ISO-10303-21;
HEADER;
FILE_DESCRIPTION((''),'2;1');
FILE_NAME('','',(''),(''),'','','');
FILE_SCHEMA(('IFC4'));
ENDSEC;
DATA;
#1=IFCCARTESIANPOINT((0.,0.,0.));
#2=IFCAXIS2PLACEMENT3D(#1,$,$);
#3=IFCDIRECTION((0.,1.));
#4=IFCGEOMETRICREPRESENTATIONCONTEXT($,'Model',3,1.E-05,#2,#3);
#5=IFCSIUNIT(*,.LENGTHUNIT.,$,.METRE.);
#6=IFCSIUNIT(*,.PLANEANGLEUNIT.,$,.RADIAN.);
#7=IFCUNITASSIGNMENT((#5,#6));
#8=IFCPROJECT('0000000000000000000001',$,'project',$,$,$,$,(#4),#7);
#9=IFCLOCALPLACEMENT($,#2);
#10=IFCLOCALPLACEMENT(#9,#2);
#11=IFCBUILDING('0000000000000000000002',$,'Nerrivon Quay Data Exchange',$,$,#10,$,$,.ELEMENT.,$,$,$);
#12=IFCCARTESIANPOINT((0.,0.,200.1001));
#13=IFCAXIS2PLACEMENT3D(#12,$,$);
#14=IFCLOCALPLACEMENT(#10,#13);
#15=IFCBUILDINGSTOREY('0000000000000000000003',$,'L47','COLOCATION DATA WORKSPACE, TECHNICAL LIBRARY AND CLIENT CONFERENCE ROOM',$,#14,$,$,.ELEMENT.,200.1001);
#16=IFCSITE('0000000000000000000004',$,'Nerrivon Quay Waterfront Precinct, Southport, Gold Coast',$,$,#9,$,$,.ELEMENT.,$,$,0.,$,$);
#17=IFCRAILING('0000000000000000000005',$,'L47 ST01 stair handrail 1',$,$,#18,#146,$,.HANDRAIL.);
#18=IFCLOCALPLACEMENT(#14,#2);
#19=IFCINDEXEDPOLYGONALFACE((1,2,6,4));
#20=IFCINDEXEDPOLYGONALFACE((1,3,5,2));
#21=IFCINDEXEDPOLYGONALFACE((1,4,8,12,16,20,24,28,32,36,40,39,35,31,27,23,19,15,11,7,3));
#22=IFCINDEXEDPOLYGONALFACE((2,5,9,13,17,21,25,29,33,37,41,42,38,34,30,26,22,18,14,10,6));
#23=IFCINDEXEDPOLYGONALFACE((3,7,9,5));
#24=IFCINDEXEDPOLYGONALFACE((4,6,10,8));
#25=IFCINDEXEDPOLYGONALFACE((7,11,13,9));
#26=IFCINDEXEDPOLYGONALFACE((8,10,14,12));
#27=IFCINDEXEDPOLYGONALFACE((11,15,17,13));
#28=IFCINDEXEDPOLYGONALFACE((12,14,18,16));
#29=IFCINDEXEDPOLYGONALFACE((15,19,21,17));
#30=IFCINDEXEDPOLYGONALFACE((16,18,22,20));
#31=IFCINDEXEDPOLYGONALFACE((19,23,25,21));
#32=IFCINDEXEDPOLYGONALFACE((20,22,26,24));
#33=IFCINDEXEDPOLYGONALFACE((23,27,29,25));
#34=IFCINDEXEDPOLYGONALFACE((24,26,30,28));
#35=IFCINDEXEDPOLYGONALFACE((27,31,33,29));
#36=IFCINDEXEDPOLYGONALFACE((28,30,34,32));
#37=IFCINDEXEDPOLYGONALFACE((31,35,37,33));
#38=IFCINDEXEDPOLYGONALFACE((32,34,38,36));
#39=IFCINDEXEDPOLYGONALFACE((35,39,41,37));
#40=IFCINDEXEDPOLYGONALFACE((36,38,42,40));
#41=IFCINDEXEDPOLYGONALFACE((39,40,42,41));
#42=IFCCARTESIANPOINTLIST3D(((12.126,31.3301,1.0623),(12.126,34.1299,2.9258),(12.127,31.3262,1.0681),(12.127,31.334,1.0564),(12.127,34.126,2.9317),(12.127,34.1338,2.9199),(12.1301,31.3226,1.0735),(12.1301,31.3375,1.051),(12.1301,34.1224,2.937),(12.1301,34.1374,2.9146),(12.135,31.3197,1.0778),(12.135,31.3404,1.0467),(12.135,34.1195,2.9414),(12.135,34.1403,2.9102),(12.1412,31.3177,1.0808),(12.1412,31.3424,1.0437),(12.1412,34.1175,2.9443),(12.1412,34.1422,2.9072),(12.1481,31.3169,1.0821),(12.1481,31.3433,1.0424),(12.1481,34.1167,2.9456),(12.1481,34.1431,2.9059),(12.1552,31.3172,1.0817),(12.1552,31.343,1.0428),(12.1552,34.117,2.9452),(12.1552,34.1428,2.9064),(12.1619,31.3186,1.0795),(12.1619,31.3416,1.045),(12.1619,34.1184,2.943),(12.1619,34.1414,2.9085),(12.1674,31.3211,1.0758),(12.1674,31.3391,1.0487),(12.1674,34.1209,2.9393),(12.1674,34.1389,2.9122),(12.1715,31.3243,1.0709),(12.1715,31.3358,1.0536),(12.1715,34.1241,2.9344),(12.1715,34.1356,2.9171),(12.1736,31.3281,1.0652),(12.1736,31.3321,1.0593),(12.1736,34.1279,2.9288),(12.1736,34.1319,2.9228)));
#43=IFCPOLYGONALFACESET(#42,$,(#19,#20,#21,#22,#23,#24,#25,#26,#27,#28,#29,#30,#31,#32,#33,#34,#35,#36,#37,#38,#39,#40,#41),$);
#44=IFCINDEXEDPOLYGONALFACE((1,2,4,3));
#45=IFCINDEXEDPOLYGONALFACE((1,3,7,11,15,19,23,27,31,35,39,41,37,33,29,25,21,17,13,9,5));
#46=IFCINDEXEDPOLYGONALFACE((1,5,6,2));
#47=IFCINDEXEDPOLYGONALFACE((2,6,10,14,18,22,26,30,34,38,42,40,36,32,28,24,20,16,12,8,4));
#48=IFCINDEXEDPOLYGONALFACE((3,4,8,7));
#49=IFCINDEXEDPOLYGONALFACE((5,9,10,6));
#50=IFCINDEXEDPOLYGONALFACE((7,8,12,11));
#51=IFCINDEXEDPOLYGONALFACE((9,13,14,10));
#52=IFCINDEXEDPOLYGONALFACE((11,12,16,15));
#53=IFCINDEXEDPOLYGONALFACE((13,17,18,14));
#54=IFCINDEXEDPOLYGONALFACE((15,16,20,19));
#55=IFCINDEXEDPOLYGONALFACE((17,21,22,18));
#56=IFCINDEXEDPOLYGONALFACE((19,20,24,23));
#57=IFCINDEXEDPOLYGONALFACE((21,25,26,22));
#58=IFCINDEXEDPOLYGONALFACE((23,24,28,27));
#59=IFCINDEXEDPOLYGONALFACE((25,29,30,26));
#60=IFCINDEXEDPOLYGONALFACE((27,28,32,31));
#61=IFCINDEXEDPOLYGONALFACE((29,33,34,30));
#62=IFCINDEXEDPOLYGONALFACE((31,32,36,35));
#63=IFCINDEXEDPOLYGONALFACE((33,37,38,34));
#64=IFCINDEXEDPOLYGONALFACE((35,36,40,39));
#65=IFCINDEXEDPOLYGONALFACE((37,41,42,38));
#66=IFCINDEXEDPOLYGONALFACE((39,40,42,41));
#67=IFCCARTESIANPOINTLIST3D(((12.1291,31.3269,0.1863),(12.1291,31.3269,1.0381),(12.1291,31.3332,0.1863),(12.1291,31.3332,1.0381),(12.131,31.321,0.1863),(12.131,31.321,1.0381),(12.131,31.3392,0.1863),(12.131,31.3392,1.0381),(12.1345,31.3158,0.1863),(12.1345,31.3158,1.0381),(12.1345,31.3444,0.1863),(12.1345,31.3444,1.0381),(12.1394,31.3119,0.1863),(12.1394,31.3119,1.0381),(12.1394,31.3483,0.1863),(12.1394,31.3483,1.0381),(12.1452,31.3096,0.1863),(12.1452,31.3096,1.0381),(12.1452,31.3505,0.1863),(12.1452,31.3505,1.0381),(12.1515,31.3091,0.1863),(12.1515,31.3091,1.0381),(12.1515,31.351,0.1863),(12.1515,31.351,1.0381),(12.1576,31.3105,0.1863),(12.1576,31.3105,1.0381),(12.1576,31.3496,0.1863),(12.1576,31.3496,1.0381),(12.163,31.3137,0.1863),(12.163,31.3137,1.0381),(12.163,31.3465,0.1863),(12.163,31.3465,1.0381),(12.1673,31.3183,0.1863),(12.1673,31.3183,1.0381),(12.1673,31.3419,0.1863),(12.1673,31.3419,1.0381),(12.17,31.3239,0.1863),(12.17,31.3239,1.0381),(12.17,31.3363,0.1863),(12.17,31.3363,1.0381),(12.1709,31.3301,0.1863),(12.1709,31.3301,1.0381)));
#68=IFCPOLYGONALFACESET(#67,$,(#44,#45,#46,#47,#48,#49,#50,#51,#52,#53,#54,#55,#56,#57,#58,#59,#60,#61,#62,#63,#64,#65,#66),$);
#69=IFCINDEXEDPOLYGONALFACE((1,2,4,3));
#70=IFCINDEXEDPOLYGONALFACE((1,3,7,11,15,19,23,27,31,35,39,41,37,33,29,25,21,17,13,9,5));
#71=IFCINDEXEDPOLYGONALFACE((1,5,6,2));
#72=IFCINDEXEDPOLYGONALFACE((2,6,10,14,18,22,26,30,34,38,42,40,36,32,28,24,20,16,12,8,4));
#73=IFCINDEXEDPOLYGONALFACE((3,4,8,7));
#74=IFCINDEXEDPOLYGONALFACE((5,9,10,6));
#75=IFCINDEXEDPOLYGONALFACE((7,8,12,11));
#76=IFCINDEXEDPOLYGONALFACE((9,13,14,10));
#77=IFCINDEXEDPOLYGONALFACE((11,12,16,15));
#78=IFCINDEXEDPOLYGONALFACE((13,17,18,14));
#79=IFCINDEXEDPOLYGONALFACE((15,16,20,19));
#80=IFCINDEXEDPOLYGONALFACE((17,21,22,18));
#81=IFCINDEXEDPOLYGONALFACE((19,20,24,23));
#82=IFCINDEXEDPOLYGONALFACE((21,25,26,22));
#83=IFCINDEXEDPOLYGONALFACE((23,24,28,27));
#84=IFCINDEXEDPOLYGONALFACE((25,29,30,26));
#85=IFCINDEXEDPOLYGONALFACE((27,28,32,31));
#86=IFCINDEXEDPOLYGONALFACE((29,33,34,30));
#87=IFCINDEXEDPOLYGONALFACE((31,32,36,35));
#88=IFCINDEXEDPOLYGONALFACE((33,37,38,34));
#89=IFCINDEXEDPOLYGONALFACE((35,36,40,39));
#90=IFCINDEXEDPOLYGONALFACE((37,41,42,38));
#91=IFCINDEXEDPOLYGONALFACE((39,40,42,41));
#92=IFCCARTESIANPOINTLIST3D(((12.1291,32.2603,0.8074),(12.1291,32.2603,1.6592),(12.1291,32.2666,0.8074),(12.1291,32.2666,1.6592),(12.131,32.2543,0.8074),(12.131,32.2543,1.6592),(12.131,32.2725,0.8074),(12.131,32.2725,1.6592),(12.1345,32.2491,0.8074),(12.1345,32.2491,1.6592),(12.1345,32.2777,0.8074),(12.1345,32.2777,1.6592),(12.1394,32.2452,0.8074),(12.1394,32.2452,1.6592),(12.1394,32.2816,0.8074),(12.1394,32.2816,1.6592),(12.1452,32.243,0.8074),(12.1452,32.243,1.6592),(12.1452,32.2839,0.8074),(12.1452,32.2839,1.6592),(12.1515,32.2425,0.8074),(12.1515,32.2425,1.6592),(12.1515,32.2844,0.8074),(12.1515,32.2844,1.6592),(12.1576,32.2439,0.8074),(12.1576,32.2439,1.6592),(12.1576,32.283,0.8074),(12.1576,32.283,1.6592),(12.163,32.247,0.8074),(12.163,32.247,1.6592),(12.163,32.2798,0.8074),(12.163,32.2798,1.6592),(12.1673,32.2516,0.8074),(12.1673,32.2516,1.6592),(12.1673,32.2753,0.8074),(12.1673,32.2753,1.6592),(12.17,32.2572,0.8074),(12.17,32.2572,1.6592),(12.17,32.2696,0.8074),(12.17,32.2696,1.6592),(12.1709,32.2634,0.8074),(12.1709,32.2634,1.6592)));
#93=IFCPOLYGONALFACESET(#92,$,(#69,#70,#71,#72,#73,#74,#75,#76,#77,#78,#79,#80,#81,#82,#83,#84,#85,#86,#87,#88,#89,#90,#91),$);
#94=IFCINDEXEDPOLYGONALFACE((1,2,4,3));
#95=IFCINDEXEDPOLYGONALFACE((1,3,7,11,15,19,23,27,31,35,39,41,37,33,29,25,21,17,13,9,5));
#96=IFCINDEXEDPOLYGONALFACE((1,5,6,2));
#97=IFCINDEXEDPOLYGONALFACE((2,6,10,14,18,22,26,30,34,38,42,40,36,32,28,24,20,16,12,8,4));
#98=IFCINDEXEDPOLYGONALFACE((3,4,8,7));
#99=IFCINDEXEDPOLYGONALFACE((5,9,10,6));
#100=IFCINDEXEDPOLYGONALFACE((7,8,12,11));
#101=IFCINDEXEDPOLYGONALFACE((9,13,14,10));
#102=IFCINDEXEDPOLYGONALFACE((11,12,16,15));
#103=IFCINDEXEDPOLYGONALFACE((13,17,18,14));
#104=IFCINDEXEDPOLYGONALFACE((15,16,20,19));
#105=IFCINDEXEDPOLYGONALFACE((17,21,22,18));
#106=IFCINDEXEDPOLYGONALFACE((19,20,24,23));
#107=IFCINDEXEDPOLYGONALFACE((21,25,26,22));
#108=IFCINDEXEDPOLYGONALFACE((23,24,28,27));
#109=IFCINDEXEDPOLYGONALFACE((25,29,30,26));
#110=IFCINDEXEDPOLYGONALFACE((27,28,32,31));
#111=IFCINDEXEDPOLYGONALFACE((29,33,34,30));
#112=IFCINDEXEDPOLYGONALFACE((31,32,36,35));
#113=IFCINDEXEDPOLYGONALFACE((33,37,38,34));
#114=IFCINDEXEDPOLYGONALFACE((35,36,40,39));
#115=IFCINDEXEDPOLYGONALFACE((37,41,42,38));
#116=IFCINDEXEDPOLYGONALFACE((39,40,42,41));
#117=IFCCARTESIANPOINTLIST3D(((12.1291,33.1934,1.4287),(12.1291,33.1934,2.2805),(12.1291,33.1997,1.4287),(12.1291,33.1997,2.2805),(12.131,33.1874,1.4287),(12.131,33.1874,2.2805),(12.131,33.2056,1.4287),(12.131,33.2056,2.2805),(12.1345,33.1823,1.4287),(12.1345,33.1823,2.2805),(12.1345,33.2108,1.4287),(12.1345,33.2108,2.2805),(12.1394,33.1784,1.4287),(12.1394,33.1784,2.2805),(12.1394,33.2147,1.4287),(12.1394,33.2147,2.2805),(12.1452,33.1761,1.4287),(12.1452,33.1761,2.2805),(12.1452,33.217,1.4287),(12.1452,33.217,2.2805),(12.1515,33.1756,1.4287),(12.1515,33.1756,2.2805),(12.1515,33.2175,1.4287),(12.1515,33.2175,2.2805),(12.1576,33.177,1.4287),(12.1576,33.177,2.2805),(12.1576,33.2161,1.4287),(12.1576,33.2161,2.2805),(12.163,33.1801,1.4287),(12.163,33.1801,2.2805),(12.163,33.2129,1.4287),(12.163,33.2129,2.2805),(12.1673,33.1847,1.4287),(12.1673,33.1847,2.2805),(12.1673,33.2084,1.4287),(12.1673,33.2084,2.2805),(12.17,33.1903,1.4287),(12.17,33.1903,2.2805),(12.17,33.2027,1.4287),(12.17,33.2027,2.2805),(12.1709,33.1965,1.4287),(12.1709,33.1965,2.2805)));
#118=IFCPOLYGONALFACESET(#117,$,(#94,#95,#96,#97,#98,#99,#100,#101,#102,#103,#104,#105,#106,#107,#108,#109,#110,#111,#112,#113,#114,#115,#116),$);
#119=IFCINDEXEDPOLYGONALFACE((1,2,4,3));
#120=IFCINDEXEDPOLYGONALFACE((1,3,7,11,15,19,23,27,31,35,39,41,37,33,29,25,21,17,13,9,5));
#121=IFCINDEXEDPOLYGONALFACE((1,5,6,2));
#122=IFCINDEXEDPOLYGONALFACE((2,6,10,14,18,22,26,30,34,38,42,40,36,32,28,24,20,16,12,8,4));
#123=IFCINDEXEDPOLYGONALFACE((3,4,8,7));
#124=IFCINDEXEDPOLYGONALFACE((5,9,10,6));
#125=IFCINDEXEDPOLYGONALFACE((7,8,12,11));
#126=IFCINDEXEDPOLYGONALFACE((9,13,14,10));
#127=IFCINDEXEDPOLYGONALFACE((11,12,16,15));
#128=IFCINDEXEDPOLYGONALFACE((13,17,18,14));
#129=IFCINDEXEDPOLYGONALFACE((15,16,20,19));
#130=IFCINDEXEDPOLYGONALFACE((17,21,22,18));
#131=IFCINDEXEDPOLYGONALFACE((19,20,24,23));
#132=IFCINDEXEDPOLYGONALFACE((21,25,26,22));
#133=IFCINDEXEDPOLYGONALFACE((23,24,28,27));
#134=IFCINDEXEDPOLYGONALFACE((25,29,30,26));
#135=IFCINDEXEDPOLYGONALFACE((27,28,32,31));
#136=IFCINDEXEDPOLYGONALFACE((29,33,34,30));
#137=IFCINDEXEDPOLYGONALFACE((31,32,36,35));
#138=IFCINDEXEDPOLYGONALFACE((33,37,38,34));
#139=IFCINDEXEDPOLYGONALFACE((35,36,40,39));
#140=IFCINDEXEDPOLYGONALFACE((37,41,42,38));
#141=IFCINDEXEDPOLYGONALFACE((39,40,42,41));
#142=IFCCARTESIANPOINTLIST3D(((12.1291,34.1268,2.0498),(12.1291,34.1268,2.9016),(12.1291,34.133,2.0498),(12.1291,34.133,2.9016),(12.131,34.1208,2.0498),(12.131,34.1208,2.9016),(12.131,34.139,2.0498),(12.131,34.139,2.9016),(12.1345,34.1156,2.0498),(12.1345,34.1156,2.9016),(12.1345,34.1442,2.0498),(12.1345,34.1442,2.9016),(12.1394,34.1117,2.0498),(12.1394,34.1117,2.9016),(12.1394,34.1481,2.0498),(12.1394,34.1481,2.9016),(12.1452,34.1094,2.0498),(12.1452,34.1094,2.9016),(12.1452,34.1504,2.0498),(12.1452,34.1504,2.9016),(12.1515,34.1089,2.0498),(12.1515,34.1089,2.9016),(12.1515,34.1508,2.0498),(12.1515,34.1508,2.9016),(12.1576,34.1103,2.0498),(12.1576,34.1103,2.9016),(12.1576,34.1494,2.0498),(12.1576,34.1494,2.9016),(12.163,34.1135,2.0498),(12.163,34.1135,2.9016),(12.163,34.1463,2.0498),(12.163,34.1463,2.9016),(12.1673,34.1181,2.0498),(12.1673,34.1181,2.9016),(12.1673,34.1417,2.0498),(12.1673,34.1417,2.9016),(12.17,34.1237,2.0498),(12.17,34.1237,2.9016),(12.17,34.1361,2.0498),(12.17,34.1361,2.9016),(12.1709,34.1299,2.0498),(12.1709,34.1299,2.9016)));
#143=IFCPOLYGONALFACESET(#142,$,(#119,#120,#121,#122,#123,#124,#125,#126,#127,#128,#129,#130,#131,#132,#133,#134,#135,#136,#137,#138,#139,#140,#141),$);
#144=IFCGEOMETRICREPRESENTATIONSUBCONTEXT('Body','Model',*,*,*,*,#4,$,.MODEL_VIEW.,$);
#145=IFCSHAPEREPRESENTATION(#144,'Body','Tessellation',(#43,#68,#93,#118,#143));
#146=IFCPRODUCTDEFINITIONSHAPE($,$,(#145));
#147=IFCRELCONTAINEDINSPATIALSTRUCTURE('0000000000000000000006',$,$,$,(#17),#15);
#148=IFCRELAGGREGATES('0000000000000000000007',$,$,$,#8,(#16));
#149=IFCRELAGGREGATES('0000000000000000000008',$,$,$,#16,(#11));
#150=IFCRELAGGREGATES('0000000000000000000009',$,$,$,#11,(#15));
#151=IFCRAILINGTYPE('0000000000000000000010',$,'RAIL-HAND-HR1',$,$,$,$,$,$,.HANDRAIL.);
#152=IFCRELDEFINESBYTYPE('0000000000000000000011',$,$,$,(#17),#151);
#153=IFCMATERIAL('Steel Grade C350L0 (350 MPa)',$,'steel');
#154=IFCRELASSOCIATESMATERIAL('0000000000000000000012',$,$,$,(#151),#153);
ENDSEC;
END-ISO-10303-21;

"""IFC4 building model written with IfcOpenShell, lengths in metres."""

from ifc_helpers import new_model, si_unit, direction, frame, origin, origin_2d, place, context, subcontext, project, spatial, circle, extrude, material, type_object, element, save


model = new_model("IFC4")

# Units and contexts
model_context = context("Model", 3, precision=1e-05, world=origin(), true_north=direction((0.0, 1.0)))
body_context = subcontext(model_context, "Body", "Model", "MODEL_VIEW")
ifc_project = project(units=[si_unit("LENGTHUNIT", "METRE"), si_unit("PLANEANGLEUNIT", "RADIAN")], contexts=[model_context])

# Site, building, storey
site_placement = place(None, origin())
site = spatial("IfcSite", under=ifc_project, at=site_placement, Name="Nerrivon Quay Waterfront Precinct, Southport, Gold Coast", CompositionType="ELEMENT", RefElevation=0.0)
building_placement = place(site_placement, origin())
building = spatial("IfcBuilding", under=site, at=building_placement, Name="Nerrivon Quay Data Exchange", CompositionType="ELEMENT")
storey_placement = place(building_placement, frame((0.0, 0.0, 200.1001)))
storey = spatial("IfcBuildingStorey", under=building, at=storey_placement, Name="L47", Description="COLOCATION DATA WORKSPACE, TECHNICAL LIBRARY AND CLIENT CONFERENCE ROOM", CompositionType="ELEMENT", Elevation=200.1001)

# Railing
ifc_material_1 = material(Name="Steel Grade C350L0 (350 MPa)", Category="steel")
railing_type_1 = type_object("IfcRailingType", Name="RAIL-HAND-HR1", PredefinedType="HANDRAIL", material=ifc_material_1)
railing_1_placement = place(storey_placement, frame((12.1499, 31.3301, 0.1863)))
element("IfcRailing", 1, at=railing_1_placement, inside=storey, type_object=railing_type_1, Name="L47 ST01 stair handrail 1", PredefinedType="HANDRAIL", context=body_context, shape_type="SweptSolid", body=[
    extrude(circle(Radius=0.0239, at=origin_2d()), frame((0.0, 0.0, 0.876), z_axis=(0.0, 0.832463, 0.55408), x_axis=(-1.0, 0.0, 0.0)), (0.0, 0.0, 1.0), 3.3633),
    extrude(circle(Radius=0.021, at=origin_2d()), origin(), (0.0, 0.0, 1.0), 0.8518),
    extrude(circle(Radius=0.021, at=origin_2d()), frame((0.0, 0.9333, 0.6211)), (0.0, 0.0, 1.0), 0.8518),
    extrude(circle(Radius=0.021, at=origin_2d()), frame((0.0, 1.8665, 1.2424)), (0.0, 0.0, 1.0), 0.8518),
    extrude(circle(Radius=0.021, at=origin_2d()), frame((0.0, 2.7998, 1.8635)), (0.0, 0.0, 1.0), 0.8518),
])

save(model, "model.ifc")
